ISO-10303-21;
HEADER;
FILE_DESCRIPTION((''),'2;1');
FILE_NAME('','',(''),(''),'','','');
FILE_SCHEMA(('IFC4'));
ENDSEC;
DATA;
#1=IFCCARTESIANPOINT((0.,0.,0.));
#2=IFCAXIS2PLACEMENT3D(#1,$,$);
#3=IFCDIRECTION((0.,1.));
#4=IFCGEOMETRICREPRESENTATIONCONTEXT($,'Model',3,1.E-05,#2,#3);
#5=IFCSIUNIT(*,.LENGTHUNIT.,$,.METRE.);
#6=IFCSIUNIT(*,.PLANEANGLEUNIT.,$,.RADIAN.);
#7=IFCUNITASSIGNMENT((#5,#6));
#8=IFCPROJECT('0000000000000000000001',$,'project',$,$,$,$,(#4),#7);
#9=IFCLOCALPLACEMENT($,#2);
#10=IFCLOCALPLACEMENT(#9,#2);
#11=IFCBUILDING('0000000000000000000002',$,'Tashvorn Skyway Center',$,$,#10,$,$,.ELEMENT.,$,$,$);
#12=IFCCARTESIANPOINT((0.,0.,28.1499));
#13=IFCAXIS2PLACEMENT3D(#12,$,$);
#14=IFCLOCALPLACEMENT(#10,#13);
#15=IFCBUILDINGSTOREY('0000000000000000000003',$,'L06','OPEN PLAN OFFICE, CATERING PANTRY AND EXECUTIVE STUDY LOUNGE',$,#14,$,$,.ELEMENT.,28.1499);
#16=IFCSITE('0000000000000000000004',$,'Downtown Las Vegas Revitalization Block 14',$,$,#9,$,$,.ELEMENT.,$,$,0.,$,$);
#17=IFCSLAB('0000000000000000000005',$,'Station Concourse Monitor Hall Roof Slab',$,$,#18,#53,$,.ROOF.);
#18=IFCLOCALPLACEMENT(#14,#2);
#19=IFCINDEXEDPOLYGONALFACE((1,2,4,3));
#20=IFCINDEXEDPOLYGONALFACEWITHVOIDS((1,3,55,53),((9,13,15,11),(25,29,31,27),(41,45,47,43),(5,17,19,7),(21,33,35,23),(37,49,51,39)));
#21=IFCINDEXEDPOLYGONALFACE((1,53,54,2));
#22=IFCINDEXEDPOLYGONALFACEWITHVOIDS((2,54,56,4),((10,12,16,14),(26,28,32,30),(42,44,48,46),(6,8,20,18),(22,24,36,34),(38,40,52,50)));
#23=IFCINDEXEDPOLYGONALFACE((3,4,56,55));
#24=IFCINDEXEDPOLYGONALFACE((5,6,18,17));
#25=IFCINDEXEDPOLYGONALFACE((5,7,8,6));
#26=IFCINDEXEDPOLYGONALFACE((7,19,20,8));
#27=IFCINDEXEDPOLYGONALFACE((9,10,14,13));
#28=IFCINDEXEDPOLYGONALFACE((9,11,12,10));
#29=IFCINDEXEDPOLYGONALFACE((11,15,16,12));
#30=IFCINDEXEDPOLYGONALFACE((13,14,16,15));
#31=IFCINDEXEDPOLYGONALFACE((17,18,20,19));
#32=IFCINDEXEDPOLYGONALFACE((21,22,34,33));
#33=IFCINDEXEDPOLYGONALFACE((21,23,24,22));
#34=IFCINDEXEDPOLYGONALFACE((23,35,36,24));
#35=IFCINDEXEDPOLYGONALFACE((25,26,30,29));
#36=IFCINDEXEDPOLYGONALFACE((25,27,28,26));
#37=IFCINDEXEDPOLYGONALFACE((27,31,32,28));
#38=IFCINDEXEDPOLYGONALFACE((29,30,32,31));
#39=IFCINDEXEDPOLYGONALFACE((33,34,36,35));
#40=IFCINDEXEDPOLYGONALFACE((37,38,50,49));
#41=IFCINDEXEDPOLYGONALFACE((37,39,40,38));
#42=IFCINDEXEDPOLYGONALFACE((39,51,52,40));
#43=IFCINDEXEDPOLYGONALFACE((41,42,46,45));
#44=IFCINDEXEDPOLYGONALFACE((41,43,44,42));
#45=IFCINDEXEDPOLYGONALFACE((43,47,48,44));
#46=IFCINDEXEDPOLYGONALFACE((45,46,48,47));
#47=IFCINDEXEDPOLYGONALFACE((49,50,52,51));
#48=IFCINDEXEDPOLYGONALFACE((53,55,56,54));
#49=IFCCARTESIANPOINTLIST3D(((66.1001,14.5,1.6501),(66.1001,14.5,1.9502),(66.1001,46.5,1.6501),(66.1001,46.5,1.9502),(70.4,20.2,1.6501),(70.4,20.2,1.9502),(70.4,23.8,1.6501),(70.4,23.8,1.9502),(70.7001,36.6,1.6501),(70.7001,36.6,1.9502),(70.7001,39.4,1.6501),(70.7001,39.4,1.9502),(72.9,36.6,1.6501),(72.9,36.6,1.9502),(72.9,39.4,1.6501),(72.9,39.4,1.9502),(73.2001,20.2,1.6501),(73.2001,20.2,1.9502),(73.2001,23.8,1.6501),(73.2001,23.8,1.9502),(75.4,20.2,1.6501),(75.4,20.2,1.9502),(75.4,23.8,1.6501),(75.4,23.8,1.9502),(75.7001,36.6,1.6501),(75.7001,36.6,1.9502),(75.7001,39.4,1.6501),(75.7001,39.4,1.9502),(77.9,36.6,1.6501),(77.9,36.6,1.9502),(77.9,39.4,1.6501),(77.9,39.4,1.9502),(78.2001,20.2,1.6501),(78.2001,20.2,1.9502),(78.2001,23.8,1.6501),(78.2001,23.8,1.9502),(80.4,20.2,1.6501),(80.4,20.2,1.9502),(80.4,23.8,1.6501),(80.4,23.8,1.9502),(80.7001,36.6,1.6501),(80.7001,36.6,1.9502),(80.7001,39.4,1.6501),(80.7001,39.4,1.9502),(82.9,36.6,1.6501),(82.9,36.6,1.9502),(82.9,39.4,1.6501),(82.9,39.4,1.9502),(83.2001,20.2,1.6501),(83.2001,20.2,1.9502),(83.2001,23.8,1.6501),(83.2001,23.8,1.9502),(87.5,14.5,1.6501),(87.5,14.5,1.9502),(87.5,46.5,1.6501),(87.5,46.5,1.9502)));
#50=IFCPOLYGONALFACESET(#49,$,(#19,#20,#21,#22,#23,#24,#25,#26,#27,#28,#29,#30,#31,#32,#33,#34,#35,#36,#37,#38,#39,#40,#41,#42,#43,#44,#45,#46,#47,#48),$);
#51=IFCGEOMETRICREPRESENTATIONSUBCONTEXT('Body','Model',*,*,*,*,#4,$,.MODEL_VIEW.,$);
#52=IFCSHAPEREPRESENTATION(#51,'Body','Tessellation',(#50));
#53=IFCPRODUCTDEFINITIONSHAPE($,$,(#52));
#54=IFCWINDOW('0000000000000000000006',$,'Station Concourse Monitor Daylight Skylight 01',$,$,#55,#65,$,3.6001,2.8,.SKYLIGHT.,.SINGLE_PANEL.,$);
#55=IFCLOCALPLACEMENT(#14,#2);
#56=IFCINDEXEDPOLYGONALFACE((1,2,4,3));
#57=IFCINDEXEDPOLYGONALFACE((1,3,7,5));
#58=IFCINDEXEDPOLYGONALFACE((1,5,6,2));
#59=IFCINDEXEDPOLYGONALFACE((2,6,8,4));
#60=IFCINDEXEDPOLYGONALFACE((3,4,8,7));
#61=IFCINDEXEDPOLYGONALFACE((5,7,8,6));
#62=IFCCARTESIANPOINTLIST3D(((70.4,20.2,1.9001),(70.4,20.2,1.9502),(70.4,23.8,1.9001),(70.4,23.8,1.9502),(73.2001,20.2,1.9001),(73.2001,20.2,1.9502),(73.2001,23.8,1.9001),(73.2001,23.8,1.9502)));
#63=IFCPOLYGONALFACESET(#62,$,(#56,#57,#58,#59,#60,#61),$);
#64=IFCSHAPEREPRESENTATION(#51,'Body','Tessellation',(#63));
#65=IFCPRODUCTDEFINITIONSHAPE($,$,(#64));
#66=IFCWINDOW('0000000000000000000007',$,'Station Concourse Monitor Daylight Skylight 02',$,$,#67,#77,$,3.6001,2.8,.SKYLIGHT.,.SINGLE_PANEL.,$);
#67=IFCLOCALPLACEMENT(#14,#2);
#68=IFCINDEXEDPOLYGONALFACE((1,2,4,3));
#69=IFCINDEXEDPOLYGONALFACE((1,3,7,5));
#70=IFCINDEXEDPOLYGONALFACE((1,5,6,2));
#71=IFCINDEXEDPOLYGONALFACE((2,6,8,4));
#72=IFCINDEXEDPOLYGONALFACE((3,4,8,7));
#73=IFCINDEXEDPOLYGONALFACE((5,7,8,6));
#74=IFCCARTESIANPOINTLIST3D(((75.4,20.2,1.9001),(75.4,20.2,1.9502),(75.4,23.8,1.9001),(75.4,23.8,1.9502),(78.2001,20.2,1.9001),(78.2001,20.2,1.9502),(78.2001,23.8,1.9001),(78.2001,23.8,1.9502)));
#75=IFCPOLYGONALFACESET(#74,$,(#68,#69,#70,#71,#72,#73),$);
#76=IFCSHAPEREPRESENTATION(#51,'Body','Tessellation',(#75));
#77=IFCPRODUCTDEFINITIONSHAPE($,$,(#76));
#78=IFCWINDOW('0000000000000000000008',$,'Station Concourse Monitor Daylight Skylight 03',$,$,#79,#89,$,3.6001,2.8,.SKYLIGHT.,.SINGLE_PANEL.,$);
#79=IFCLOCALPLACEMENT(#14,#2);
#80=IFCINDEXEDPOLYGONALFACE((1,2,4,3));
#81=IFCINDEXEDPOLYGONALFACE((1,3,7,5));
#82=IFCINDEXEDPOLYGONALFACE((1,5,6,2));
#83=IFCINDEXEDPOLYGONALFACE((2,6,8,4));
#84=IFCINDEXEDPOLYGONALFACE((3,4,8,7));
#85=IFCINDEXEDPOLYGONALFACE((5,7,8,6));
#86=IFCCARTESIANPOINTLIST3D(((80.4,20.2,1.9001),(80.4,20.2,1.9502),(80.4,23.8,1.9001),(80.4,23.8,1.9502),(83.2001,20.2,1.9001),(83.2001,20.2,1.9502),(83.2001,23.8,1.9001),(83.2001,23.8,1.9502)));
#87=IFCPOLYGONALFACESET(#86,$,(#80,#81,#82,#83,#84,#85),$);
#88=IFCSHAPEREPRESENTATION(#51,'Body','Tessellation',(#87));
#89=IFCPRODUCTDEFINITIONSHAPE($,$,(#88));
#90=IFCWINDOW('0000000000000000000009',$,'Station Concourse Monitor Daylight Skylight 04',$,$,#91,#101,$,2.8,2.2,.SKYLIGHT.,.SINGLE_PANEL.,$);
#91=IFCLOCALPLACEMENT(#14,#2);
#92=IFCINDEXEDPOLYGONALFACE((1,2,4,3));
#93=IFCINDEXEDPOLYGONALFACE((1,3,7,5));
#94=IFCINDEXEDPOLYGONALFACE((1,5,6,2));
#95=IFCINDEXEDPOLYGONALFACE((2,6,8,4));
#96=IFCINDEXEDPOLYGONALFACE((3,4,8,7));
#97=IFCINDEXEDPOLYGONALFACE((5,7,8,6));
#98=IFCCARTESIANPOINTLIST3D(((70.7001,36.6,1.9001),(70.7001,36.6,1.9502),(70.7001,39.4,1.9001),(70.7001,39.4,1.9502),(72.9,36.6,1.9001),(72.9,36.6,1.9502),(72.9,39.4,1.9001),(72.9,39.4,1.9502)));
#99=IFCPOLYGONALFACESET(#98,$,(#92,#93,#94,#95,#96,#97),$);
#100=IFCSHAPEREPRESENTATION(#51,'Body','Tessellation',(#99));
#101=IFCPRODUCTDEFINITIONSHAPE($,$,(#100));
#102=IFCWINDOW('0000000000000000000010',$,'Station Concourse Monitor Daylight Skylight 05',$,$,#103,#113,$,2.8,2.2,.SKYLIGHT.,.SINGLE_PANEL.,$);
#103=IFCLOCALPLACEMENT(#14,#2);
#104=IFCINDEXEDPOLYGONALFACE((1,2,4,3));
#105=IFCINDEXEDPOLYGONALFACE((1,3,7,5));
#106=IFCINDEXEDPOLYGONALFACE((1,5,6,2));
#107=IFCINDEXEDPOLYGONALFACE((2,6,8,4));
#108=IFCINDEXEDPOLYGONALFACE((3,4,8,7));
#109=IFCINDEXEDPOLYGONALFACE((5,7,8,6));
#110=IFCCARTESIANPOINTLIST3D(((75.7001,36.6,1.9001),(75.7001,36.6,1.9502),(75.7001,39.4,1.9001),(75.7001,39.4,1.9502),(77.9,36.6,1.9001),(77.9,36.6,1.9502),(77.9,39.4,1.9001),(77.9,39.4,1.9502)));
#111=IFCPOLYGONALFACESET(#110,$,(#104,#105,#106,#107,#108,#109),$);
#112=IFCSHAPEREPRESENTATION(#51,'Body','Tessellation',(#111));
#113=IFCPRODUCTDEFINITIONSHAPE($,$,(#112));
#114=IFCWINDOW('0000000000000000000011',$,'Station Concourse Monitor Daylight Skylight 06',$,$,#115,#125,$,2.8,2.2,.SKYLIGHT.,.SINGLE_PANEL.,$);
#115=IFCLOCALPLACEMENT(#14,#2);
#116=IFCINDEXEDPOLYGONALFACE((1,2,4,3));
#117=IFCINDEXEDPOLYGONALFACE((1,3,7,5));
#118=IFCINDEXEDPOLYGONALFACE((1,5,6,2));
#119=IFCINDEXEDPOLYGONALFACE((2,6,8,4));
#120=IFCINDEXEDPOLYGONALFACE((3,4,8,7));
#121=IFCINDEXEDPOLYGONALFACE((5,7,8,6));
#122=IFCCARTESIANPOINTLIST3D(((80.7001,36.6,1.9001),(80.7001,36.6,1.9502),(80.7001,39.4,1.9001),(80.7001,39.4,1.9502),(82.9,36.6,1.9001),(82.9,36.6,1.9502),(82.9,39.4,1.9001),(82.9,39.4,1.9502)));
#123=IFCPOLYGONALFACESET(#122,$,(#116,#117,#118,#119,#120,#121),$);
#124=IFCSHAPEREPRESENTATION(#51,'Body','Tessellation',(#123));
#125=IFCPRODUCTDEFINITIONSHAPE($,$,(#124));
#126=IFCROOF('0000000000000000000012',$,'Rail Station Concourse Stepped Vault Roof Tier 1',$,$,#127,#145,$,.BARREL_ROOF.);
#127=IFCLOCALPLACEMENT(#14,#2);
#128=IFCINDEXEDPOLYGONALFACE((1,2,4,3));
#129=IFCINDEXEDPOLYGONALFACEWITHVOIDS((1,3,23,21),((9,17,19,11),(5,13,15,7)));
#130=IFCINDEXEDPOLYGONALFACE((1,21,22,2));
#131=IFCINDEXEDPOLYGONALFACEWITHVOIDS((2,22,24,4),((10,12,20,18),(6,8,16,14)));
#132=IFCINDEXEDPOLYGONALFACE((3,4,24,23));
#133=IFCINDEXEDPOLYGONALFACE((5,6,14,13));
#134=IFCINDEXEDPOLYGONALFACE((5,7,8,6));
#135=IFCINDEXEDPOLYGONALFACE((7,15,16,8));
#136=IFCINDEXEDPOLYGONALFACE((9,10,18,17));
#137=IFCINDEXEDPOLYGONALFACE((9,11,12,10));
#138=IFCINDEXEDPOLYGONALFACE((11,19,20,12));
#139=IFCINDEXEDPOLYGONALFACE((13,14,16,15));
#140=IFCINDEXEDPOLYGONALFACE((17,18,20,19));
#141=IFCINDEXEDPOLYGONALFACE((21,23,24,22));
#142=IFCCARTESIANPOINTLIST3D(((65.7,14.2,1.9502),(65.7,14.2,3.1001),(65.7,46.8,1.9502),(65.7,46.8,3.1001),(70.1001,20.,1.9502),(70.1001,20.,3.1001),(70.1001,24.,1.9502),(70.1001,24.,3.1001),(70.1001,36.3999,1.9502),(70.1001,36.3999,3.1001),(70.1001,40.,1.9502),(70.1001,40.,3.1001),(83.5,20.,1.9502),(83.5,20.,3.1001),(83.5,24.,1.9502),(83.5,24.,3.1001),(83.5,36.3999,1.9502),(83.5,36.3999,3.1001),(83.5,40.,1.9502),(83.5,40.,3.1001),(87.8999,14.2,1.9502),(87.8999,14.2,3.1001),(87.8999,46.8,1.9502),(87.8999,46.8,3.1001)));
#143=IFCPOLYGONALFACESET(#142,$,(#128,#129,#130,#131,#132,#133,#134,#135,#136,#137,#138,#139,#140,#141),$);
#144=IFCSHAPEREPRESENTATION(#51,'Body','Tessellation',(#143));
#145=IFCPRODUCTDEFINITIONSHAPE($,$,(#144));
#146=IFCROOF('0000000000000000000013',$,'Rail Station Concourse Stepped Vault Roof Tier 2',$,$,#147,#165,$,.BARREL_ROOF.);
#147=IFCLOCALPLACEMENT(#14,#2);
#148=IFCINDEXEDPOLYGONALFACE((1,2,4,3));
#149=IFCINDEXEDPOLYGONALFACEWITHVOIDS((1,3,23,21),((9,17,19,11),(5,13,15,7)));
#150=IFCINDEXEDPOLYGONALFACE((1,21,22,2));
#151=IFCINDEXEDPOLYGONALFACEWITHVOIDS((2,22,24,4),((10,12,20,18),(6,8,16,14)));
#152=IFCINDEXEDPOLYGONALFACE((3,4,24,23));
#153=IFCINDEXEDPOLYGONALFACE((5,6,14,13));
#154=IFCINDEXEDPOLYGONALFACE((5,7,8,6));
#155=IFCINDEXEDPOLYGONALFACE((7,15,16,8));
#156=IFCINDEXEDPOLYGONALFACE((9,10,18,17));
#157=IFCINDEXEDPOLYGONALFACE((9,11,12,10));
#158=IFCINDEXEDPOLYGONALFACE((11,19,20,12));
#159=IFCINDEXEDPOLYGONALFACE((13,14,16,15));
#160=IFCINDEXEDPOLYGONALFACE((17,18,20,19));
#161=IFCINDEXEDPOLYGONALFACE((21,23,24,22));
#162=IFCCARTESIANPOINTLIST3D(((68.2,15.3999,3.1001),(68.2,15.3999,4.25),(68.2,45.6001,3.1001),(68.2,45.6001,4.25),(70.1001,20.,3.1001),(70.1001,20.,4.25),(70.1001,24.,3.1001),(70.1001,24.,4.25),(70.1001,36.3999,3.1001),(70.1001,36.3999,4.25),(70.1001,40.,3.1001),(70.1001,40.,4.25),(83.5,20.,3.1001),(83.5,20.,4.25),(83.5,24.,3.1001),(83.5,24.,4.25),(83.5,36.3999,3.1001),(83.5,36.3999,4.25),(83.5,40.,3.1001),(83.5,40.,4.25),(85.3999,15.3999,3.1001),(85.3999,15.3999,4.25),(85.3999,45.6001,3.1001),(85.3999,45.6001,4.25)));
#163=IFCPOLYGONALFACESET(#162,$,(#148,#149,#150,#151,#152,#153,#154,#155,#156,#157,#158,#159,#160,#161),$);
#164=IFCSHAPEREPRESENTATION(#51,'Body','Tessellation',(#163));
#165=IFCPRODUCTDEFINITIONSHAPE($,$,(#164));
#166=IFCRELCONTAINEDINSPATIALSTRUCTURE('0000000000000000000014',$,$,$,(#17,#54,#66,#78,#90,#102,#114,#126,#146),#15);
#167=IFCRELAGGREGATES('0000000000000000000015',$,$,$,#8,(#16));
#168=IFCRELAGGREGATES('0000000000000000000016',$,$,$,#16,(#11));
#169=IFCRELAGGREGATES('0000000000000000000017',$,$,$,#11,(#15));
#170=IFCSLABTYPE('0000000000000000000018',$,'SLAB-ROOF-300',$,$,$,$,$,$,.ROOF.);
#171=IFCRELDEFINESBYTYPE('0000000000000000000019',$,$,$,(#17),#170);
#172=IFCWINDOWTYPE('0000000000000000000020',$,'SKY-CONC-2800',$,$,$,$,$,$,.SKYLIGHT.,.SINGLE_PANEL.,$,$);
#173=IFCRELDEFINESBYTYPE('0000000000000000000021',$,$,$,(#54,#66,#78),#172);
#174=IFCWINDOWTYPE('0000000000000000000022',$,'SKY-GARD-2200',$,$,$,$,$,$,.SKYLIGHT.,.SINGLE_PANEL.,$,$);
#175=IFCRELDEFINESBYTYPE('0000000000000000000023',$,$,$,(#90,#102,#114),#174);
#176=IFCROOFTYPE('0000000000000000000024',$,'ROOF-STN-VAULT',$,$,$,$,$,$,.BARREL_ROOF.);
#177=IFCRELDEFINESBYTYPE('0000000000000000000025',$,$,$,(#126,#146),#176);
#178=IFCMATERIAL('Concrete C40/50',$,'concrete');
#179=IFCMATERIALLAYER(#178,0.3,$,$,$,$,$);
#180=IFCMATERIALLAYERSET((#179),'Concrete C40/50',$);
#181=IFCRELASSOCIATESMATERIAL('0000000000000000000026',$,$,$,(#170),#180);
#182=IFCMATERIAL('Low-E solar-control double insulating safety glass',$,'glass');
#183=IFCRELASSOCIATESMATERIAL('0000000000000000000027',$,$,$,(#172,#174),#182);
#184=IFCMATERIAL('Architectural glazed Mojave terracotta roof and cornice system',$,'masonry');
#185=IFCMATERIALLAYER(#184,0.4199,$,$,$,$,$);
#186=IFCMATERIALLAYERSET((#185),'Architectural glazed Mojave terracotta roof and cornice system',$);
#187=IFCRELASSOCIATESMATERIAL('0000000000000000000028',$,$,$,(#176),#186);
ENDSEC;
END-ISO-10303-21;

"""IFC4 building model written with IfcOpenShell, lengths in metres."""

from ifc_helpers import new_model, si_unit, direction, frame, origin, origin_2d, place, context, subcontext, project, spatial, polyline, rectangle, outline, extrude, material, layer, layer_set, type_object, element, fill, save


model = new_model("IFC4")

# Units and contexts
model_context = context("Model", 3, precision=1e-05, world=origin(), true_north=direction((0.0, 1.0)))
body_context = subcontext(model_context, "Body", "Model", "MODEL_VIEW")
ifc_project = project(units=[si_unit("LENGTHUNIT", "METRE"), si_unit("PLANEANGLEUNIT", "RADIAN")], contexts=[model_context])

# Site, building, storey
site_placement = place(None, origin())
site = spatial("IfcSite", under=ifc_project, at=site_placement, Name="Downtown Las Vegas Revitalization Block 14", CompositionType="ELEMENT", RefElevation=0.0)
building_placement = place(site_placement, origin())
building = spatial("IfcBuilding", under=site, at=building_placement, Name="Tashvorn Skyway Center", CompositionType="ELEMENT")
storey_placement = place(building_placement, frame((0.0, 0.0, 28.1499)))
storey = spatial("IfcBuildingStorey", under=building, at=storey_placement, Name="L06", Description="OPEN PLAN OFFICE, CATERING PANTRY AND EXECUTIVE STUDY LOUNGE", CompositionType="ELEMENT", Elevation=28.1499)

# Shared definitions
ifc_material_1 = material(Name="Concrete C40/50", Category="concrete")

# Slab, openings, windows
ifc_layer_1 = layer(ifc_material_1, 0.3)
ifc_layer_set_1 = layer_set([ifc_layer_1], Name="Concrete C40/50")
slab_type_1 = type_object("IfcSlabType", Name="SLAB-ROOF-300", PredefinedType="ROOF", material=ifc_layer_set_1)
slab_1_placement = place(storey_placement, frame((0.0, 0.0, 1.6501)))
slab_1 = element("IfcSlab", 1, at=slab_1_placement, inside=storey, type_object=slab_type_1, Name="Station Concourse Monitor Hall Roof Slab", PredefinedType="ROOF", context=body_context, shape_type="SweptSolid", body=[
    extrude(outline(polyline([(66.1001, 14.5), (87.5, 14.5), (87.5, 46.5), (66.1001, 46.5), (66.1001, 14.5)])), origin(), (0.0, 0.0, 1.0), 0.3),
])
opening_1_placement = place(slab_1_placement, frame((71.8, 22.0, 0.0)))
opening_1 = element("IfcOpeningElement", 2, at=opening_1_placement, cuts=slab_1, PredefinedType="OPENING", context=body_context, shape_type="SweptSolid", body=[
    extrude(rectangle(XDim=2.8, YDim=3.6001, at=origin_2d()), origin(), (0.0, 0.0, 1.0), 0.3),
])
opening_2_placement = place(slab_1_placement, frame((76.8, 22.0, 0.0)))
opening_2 = element("IfcOpeningElement", 3, at=opening_2_placement, cuts=slab_1, PredefinedType="OPENING", context=body_context, shape_type="SweptSolid", body=[
    extrude(rectangle(XDim=2.8, YDim=3.6001, at=origin_2d()), origin(), (0.0, 0.0, 1.0), 0.3),
])
opening_3_placement = place(slab_1_placement, frame((81.8, 22.0, 0.0)))
opening_3 = element("IfcOpeningElement", 4, at=opening_3_placement, cuts=slab_1, PredefinedType="OPENING", context=body_context, shape_type="SweptSolid", body=[
    extrude(rectangle(XDim=2.8, YDim=3.6001, at=origin_2d()), origin(), (0.0, 0.0, 1.0), 0.3),
])
opening_4_placement = place(slab_1_placement, frame((71.8, 38.0, 0.0)))
opening_4 = element("IfcOpeningElement", 5, at=opening_4_placement, cuts=slab_1, PredefinedType="OPENING", context=body_context, shape_type="SweptSolid", body=[
    extrude(rectangle(XDim=2.2, YDim=2.8, at=origin_2d()), origin(), (0.0, 0.0, 1.0), 0.3),
])
opening_5_placement = place(slab_1_placement, frame((76.8, 38.0, 0.0)))
opening_5 = element("IfcOpeningElement", 6, at=opening_5_placement, cuts=slab_1, PredefinedType="OPENING", context=body_context, shape_type="SweptSolid", body=[
    extrude(rectangle(XDim=2.2, YDim=2.8, at=origin_2d()), origin(), (0.0, 0.0, 1.0), 0.3),
])
opening_6_placement = place(slab_1_placement, frame((81.8, 38.0, 0.0)))
opening_6 = element("IfcOpeningElement", 7, at=opening_6_placement, cuts=slab_1, PredefinedType="OPENING", context=body_context, shape_type="SweptSolid", body=[
    extrude(rectangle(XDim=2.2, YDim=2.8, at=origin_2d()), origin(), (0.0, 0.0, 1.0), 0.3),
])
ifc_material_2 = material(Name="Low-E solar-control double insulating safety glass", Category="glass")
window_type_1 = type_object("IfcWindowType", Name="SKY-CONC-2800", PartitioningType="SINGLE_PANEL", PredefinedType="SKYLIGHT", material=ifc_material_2)
window_1_placement = place(opening_1_placement, frame((0.0, 0.0, 0.25)))
window_1 = element("IfcWindow", 8, at=window_1_placement, inside=storey, type_object=window_type_1, Name="Station Concourse Monitor Daylight Skylight 01", OverallHeight=3.6001, OverallWidth=2.8, PartitioningType="SINGLE_PANEL", PredefinedType="SKYLIGHT", context=body_context, shape_type="SweptSolid", body=[
    extrude(rectangle(XDim=2.8, YDim=3.6001, at=origin_2d()), origin(), (0.0, 0.0, 1.0), 0.05),
])
fill(opening_1, window_1)
window_2_placement = place(opening_2_placement, frame((0.0, 0.0, 0.25)))
window_2 = element("IfcWindow", 9, at=window_2_placement, inside=storey, type_object=window_type_1, Name="Station Concourse Monitor Daylight Skylight 02", OverallHeight=3.6001, OverallWidth=2.8, PartitioningType="SINGLE_PANEL", PredefinedType="SKYLIGHT", context=body_context, shape_type="SweptSolid", body=[
    extrude(rectangle(XDim=2.8, YDim=3.6001, at=origin_2d()), origin(), (0.0, 0.0, 1.0), 0.05),
])
fill(opening_2, window_2)
window_3_placement = place(opening_3_placement, frame((0.0, 0.0, 0.25)))
window_3 = element("IfcWindow", 10, at=window_3_placement, inside=storey, type_object=window_type_1, Name="Station Concourse Monitor Daylight Skylight 03", OverallHeight=3.6001, OverallWidth=2.8, PartitioningType="SINGLE_PANEL", PredefinedType="SKYLIGHT", context=body_context, shape_type="SweptSolid", body=[
    extrude(rectangle(XDim=2.8, YDim=3.6001, at=origin_2d()), origin(), (0.0, 0.0, 1.0), 0.05),
])
fill(opening_3, window_3)
window_type_2 = type_object("IfcWindowType", Name="SKY-GARD-2200", PartitioningType="SINGLE_PANEL", PredefinedType="SKYLIGHT", material=ifc_material_2)
window_4_placement = place(opening_4_placement, frame((0.0, 0.0, 0.25)))
window_4 = element("IfcWindow", 11, at=window_4_placement, inside=storey, type_object=window_type_2, Name="Station Concourse Monitor Daylight Skylight 04", OverallHeight=2.8, OverallWidth=2.2, PartitioningType="SINGLE_PANEL", PredefinedType="SKYLIGHT", context=body_context, shape_type="SweptSolid", body=[
    extrude(rectangle(XDim=2.2, YDim=2.8, at=origin_2d()), origin(), (0.0, 0.0, 1.0), 0.05),
])
fill(opening_4, window_4)
window_5_placement = place(opening_5_placement, frame((0.0, 0.0, 0.25)))
window_5 = element("IfcWindow", 12, at=window_5_placement, inside=storey, type_object=window_type_2, Name="Station Concourse Monitor Daylight Skylight 05", OverallHeight=2.8, OverallWidth=2.2, PartitioningType="SINGLE_PANEL", PredefinedType="SKYLIGHT", context=body_context, shape_type="SweptSolid", body=[
    extrude(rectangle(XDim=2.2, YDim=2.8, at=origin_2d()), origin(), (0.0, 0.0, 1.0), 0.05),
])
fill(opening_5, window_5)
window_6_placement = place(opening_6_placement, frame((0.0, 0.0, 0.25)))
window_6 = element("IfcWindow", 13, at=window_6_placement, inside=storey, type_object=window_type_2, Name="Station Concourse Monitor Daylight Skylight 06", OverallHeight=2.8, OverallWidth=2.2, PartitioningType="SINGLE_PANEL", PredefinedType="SKYLIGHT", context=body_context, shape_type="SweptSolid", body=[
    extrude(rectangle(XDim=2.2, YDim=2.8, at=origin_2d()), origin(), (0.0, 0.0, 1.0), 0.05),
])
fill(opening_6, window_6)

# Roofs
ifc_material_3 = material(Name="Architectural glazed Mojave terracotta roof and cornice system", Category="masonry")
ifc_layer_2 = layer(ifc_material_3, 0.4199)
ifc_layer_set_2 = layer_set([ifc_layer_2], Name="Architectural glazed Mojave terracotta roof and cornice system")
roof_type = type_object("IfcRoofType", Name="ROOF-STN-VAULT", PredefinedType="BARREL_ROOF", material=ifc_layer_set_2)
roof_1_placement = place(storey_placement, frame((0.0, 0.0, 1.9502)))
element("IfcRoof", 14, at=roof_1_placement, inside=storey, type_object=roof_type, Name="Rail Station Concourse Stepped Vault Roof Tier 1", PredefinedType="BARREL_ROOF", context=body_context, shape_type="SweptSolid", body=[
    extrude(outline(polyline([(65.7, 14.2), (87.8999, 14.2), (87.8999, 46.8), (65.7, 46.8), (65.7, 14.2)]), holes=[polyline([(70.1001, 20.0), (83.5, 20.0), (83.5, 24.0), (70.1001, 24.0), (70.1001, 20.0)]), polyline([(70.1001, 36.3999), (83.5, 36.3999), (83.5, 40.0), (70.1001, 40.0), (70.1001, 36.3999)])]), origin(), (0.0, 0.0, 1.0), 1.1499),
])
roof_2_placement = place(storey_placement, frame((0.0, 0.0, 3.1001)))
element("IfcRoof", 15, at=roof_2_placement, inside=storey, type_object=roof_type, Name="Rail Station Concourse Stepped Vault Roof Tier 2", PredefinedType="BARREL_ROOF", context=body_context, shape_type="SweptSolid", body=[
    extrude(outline(polyline([(68.2, 15.3999), (85.3999, 15.3999), (85.3999, 45.6001), (68.2, 45.6001), (68.2, 15.3999)]), holes=[polyline([(70.1001, 20.0), (83.5, 20.0), (83.5, 24.0), (70.1001, 24.0), (70.1001, 20.0)]), polyline([(70.1001, 36.3999), (83.5, 36.3999), (83.5, 40.0), (70.1001, 40.0), (70.1001, 36.3999)])]), origin(), (0.0, 0.0, 1.0), 1.1499),
])

save(model, "model.ifc")
